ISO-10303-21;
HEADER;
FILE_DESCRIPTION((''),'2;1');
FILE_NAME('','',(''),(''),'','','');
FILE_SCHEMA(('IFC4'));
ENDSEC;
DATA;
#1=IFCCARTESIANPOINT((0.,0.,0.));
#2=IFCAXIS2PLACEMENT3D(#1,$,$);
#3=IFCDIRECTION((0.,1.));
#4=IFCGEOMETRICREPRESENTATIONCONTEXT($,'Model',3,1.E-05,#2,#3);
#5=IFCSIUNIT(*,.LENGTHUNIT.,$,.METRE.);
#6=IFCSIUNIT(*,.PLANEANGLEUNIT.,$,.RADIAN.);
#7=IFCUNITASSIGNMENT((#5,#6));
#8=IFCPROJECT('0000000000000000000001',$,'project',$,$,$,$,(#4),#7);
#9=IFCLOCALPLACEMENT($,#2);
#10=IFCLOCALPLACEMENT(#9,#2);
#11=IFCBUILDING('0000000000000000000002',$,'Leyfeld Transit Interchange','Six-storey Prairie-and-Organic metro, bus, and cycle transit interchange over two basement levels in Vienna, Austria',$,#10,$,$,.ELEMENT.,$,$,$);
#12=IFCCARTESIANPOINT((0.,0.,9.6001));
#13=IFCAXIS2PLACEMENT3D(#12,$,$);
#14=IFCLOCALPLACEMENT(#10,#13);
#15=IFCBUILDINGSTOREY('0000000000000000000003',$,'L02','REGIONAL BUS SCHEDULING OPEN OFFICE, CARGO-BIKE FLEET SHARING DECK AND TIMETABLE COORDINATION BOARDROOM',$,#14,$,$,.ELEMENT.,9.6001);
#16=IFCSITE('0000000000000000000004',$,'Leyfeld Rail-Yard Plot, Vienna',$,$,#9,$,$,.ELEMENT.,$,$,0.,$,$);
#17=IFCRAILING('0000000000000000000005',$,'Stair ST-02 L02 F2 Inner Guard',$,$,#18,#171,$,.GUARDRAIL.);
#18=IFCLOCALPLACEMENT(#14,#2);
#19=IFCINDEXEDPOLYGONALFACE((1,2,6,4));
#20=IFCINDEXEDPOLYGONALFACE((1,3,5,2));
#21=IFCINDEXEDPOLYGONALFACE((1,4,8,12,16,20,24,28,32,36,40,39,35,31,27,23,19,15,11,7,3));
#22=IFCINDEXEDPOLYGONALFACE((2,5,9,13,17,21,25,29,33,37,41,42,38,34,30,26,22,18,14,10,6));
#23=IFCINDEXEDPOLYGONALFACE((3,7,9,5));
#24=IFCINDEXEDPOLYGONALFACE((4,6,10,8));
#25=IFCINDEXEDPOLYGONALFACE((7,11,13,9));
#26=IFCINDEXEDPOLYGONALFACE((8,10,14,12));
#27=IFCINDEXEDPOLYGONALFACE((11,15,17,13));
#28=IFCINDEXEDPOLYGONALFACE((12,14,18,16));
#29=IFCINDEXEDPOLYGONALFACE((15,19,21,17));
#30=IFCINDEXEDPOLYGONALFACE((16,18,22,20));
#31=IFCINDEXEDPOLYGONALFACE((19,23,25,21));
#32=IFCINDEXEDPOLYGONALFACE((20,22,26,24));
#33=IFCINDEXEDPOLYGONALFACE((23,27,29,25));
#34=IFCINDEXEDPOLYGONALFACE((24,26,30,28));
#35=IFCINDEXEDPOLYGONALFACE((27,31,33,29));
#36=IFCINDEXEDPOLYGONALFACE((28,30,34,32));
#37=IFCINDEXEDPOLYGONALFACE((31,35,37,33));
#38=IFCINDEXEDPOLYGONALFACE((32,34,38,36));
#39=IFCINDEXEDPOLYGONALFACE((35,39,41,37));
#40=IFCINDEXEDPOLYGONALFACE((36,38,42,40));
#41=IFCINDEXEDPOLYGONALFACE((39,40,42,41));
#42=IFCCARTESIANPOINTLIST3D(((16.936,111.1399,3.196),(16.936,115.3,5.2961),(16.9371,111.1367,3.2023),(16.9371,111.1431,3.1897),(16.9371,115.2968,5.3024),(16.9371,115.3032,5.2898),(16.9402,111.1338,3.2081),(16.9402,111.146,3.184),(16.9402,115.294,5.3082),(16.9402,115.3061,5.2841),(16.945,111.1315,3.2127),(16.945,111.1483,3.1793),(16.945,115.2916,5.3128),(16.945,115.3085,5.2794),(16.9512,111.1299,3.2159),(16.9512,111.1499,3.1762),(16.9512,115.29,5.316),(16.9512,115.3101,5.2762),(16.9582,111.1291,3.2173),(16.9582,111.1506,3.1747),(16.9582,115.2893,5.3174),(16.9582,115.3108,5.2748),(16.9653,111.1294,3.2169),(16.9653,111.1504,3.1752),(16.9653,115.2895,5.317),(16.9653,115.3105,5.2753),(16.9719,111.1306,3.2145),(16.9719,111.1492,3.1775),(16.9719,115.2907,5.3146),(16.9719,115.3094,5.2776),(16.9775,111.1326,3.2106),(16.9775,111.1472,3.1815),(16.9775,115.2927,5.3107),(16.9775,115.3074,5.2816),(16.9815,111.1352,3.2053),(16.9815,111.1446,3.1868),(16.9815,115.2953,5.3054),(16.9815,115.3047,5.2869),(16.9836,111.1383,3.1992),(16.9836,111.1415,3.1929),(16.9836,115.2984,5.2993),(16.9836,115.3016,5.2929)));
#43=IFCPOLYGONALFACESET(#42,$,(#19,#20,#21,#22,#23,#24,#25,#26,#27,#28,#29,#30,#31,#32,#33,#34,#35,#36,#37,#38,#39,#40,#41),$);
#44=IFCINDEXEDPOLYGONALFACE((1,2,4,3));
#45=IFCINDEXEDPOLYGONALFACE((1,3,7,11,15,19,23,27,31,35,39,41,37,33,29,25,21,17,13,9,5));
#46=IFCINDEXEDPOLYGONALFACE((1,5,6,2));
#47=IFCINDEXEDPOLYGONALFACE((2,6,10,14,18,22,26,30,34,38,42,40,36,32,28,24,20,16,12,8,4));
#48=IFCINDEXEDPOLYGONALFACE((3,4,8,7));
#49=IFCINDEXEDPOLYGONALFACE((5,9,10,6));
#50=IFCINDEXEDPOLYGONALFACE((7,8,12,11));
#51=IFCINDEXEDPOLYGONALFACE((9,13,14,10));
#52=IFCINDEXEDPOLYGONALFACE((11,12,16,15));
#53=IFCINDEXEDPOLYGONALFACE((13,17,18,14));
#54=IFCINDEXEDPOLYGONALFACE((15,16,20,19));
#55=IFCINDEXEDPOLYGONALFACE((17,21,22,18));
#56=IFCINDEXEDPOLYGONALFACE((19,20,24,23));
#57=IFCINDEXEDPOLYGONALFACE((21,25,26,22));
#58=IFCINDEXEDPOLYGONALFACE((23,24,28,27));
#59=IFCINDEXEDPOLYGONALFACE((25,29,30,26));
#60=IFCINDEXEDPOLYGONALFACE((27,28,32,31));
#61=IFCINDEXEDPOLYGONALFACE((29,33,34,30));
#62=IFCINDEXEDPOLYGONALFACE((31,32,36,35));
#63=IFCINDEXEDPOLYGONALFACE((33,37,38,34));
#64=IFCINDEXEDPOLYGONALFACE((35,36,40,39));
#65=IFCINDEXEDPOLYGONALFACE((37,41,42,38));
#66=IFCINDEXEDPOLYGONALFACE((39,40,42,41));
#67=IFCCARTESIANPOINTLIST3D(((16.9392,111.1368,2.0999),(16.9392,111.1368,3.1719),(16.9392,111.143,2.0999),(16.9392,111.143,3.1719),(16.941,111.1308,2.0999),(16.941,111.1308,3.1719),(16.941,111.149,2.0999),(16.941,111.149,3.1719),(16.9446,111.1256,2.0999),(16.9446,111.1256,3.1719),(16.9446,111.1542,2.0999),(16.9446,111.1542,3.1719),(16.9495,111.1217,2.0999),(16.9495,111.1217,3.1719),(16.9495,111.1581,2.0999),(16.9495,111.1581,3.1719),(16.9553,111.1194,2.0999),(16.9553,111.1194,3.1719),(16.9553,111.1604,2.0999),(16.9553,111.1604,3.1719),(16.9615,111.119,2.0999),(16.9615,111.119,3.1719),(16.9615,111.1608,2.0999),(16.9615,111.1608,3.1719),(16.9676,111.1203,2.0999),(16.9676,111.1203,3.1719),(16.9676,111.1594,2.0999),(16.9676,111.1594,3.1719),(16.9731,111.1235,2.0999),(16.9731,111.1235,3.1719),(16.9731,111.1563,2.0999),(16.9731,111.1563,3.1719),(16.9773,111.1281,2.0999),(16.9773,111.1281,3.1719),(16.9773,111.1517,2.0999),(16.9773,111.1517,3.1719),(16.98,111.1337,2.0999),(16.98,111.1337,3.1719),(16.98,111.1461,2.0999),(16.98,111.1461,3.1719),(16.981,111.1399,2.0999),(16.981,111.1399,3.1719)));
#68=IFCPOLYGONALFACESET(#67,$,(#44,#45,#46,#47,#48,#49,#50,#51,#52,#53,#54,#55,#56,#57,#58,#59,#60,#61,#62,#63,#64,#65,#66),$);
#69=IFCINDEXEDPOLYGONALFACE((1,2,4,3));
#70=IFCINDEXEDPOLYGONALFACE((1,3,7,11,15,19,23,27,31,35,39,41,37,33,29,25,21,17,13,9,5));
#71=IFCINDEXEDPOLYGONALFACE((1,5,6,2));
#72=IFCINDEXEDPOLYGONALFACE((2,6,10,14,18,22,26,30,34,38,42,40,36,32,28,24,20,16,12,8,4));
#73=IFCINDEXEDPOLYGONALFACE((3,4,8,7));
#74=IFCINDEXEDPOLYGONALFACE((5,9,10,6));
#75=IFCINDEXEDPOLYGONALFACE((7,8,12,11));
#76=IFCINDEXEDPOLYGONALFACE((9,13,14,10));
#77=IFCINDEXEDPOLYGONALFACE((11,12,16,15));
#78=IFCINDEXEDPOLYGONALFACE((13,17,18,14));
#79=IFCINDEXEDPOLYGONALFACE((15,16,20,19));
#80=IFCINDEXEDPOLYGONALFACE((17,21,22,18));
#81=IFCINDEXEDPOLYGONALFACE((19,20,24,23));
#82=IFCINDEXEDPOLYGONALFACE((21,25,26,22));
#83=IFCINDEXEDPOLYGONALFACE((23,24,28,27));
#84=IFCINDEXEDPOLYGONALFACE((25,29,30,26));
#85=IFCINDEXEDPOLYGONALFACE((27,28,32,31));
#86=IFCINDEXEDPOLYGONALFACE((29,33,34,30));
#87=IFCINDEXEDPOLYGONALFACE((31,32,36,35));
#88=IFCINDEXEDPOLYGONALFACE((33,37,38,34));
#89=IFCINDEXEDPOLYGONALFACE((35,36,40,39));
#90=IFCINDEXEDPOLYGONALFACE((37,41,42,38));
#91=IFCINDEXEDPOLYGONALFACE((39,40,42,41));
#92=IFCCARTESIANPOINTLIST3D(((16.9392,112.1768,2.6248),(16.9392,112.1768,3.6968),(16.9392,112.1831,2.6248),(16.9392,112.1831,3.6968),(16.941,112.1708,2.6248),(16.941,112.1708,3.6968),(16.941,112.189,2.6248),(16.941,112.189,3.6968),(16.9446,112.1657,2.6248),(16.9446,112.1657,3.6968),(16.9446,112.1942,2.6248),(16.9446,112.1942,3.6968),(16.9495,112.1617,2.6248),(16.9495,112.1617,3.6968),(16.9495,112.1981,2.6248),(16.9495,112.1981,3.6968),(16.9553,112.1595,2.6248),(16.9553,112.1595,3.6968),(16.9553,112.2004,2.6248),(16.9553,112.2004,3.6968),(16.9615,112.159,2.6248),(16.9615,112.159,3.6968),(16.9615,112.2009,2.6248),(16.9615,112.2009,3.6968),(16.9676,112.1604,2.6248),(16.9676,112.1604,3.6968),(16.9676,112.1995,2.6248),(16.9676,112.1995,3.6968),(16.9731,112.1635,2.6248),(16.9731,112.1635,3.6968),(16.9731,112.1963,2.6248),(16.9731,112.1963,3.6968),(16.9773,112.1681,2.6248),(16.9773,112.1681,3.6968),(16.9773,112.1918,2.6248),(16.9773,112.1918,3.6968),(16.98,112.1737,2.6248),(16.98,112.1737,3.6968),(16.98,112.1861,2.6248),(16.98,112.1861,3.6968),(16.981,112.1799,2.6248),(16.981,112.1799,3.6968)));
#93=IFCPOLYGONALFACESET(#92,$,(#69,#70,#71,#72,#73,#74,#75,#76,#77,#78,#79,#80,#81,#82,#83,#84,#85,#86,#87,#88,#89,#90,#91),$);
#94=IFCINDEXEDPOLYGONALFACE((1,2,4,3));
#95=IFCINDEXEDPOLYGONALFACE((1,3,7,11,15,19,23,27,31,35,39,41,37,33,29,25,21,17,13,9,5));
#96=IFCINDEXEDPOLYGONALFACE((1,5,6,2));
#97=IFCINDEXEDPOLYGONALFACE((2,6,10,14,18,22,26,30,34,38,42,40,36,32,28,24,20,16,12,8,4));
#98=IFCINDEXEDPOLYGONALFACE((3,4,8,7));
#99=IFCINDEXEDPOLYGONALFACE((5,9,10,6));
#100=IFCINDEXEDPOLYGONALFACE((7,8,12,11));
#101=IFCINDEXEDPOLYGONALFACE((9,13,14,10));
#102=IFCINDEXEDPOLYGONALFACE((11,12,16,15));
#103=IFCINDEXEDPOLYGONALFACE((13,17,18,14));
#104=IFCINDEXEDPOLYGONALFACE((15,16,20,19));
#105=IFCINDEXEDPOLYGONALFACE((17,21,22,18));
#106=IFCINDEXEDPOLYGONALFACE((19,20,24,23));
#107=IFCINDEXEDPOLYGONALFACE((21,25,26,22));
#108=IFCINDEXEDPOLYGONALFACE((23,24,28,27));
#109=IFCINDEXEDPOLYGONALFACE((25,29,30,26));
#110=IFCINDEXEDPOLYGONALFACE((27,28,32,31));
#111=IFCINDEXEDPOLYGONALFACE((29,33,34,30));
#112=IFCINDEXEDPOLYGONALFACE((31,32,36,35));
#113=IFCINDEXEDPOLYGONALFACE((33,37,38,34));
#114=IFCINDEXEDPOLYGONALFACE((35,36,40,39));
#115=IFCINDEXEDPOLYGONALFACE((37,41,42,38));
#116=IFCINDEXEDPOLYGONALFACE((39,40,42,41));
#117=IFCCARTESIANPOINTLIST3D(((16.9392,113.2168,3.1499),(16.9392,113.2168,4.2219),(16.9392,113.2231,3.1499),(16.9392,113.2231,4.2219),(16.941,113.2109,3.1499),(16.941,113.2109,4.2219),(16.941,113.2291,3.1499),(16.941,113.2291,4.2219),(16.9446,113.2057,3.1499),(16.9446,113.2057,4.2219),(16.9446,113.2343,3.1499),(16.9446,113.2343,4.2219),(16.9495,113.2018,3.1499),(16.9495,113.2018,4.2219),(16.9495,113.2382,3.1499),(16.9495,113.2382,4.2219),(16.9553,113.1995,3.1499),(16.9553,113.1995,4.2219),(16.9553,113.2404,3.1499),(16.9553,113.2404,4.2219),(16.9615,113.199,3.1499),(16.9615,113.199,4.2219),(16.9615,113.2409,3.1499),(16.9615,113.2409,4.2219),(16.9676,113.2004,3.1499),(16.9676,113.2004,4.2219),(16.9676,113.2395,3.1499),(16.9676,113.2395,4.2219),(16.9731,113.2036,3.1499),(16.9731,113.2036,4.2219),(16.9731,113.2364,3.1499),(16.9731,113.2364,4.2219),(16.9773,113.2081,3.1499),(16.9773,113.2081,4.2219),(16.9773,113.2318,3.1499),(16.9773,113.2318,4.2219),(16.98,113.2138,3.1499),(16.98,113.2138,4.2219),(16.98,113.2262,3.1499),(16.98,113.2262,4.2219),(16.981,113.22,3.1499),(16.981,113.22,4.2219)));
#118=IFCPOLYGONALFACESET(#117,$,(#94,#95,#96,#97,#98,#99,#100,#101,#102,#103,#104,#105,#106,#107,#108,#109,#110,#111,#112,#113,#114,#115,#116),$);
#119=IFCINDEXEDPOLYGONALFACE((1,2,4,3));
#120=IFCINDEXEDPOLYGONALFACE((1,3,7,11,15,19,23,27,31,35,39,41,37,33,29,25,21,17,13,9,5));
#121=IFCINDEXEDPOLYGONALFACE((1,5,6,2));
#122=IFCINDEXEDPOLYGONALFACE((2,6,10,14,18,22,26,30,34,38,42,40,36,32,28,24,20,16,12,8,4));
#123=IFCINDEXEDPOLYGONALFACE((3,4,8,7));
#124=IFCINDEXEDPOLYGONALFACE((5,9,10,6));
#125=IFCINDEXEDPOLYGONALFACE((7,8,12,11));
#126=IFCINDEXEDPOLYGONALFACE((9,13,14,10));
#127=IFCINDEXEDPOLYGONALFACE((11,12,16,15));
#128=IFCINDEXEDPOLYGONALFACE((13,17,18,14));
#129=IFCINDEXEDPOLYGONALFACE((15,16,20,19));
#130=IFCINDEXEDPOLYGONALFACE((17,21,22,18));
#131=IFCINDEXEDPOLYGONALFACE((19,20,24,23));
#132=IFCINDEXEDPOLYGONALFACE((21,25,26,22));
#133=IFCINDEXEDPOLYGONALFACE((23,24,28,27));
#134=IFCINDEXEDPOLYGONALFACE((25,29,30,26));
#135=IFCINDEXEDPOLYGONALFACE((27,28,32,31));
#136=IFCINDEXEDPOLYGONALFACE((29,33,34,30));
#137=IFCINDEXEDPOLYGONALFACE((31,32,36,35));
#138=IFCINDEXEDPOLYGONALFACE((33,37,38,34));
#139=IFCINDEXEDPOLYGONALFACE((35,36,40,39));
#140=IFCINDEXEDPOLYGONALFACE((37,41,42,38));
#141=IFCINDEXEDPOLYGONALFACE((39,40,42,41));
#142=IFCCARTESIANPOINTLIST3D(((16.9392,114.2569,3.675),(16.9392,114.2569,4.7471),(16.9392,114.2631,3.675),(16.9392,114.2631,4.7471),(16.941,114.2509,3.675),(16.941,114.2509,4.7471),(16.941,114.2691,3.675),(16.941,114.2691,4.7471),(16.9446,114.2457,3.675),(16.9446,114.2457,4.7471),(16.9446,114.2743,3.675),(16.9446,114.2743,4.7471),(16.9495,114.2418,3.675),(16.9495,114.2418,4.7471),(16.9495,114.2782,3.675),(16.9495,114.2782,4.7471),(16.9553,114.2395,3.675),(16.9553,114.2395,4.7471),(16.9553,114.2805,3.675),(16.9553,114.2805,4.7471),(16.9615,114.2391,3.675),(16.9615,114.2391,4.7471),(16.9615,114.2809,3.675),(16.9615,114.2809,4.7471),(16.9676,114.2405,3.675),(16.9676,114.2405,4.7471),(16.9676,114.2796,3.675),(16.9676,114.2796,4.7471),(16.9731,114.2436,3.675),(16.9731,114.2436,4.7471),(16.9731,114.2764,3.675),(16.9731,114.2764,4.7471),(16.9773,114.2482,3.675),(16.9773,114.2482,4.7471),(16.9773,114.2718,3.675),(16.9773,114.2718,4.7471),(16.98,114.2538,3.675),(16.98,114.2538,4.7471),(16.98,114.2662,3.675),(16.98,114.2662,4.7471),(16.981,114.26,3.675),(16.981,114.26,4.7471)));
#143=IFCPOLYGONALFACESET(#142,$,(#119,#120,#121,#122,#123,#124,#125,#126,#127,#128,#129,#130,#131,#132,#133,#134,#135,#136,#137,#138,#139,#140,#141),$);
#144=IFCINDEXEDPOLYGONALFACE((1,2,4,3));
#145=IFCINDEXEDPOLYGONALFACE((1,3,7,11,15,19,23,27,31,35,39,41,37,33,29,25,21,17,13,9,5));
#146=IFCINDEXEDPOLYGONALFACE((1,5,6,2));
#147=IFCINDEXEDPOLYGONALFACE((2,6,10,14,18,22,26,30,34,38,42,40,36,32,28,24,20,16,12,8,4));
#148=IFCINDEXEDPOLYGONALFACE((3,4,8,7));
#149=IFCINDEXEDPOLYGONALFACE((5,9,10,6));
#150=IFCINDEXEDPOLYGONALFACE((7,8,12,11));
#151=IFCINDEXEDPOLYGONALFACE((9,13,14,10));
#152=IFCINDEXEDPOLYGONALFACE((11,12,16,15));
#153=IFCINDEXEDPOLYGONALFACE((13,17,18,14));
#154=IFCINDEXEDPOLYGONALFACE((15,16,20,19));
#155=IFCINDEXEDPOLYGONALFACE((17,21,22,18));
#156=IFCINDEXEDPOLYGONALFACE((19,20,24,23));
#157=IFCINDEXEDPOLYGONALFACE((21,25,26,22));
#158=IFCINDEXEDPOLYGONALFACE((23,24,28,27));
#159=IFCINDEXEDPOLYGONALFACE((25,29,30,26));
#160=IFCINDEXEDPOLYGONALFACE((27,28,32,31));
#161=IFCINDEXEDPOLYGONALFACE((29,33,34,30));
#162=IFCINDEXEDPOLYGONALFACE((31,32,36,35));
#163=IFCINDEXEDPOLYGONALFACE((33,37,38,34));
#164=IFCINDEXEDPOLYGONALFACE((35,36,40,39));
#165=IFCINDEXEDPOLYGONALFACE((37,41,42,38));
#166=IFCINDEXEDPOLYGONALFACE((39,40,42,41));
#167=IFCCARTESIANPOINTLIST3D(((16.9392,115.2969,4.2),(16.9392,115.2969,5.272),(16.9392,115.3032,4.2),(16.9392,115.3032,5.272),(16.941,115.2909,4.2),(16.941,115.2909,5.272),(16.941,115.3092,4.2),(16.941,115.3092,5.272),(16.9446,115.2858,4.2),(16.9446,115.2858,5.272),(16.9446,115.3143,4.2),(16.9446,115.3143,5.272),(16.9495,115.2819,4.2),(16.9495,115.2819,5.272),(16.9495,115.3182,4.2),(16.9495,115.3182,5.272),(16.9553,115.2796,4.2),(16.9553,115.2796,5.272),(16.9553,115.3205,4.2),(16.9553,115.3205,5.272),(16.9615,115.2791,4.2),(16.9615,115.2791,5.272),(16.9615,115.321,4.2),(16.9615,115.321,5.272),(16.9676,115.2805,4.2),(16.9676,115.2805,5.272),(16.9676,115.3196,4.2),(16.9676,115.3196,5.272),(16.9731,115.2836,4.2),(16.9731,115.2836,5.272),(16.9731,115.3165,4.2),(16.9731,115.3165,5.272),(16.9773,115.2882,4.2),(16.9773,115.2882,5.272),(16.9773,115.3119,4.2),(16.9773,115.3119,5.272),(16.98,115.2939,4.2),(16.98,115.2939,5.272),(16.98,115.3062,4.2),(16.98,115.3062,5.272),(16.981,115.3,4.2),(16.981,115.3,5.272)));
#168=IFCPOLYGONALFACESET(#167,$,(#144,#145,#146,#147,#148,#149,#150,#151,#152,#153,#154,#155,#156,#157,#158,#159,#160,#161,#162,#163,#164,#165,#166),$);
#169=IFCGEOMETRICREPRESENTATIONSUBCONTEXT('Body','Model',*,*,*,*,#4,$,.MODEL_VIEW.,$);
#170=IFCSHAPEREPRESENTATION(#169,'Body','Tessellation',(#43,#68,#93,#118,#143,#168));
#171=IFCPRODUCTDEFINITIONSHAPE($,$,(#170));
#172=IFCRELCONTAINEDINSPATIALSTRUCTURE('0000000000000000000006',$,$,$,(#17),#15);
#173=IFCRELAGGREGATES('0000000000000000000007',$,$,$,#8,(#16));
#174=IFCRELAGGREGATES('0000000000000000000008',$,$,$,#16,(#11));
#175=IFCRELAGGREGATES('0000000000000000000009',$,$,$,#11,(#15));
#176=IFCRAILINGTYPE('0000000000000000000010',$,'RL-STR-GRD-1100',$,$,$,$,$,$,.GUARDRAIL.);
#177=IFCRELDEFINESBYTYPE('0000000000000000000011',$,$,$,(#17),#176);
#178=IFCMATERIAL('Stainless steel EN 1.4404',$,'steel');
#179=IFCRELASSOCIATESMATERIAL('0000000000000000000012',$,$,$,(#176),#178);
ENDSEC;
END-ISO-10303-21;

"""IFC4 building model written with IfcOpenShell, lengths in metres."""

from ifc_helpers import new_model, si_unit, direction, frame, origin, origin_2d, place, context, subcontext, project, spatial, circle, extrude, material, type_object, element, save


model = new_model("IFC4")

# Units and contexts
model_context = context("Model", 3, precision=1e-05, world=origin(), true_north=direction((0.0, 1.0)))
body_context = subcontext(model_context, "Body", "Model", "MODEL_VIEW")
ifc_project = project(units=[si_unit("LENGTHUNIT", "METRE"), si_unit("PLANEANGLEUNIT", "RADIAN")], contexts=[model_context])

# Site, building, storey
site_placement = place(None, origin())
site = spatial("IfcSite", under=ifc_project, at=site_placement, Name="Leyfeld Rail-Yard Plot, Vienna", CompositionType="ELEMENT", RefElevation=0.0)
building_placement = place(site_placement, origin())
building = spatial("IfcBuilding", under=site, at=building_placement, Name="Leyfeld Transit Interchange", Description="Six-storey Prairie-and-Organic metro, bus, and cycle transit interchange over two basement levels in Vienna, Austria", CompositionType="ELEMENT")
storey_placement = place(building_placement, frame((0.0, 0.0, 9.6001)))
storey = spatial("IfcBuildingStorey", under=building, at=storey_placement, Name="L02", Description="REGIONAL BUS SCHEDULING OPEN OFFICE, CARGO-BIKE FLEET SHARING DECK AND TIMETABLE COORDINATION BOARDROOM", CompositionType="ELEMENT", Elevation=9.6001)

# Shared definitions
ifc_material_1 = material(Name="Stainless steel EN 1.4404", Category="steel")

# Railing
railing_type_1 = type_object("IfcRailingType", Name="RL-STR-GRD-1100", PredefinedType="GUARDRAIL", material=ifc_material_1)
for number, where, name in (
    (1, (16.96, 111.1399, 2.0999), "Stair ST-02 L02 F2 Inner Guard"),
):
    element("IfcRailing", number, at=place(storey_placement, frame(where)), inside=storey, type_object=railing_type_1, Name=name, PredefinedType="GUARDRAIL", context=body_context, shape_type="SweptSolid", body=[
        extrude(circle(Radius=0.0239, at=origin_2d()), frame((0.0, 0.0, 1.0962), z_axis=(0.0, 0.892702, 0.450647), x_axis=(-1.0, 0.0, 0.0)), (0.0, 0.0, 1.0), 4.6602),
        extrude(circle(Radius=0.021, at=origin_2d()), origin(), (0.0, 0.0, 1.0), 1.072),
        extrude(circle(Radius=0.021, at=origin_2d()), frame((0.0, 1.04, 0.5249)), (0.0, 0.0, 1.0), 1.072),
        extrude(circle(Radius=0.021, at=origin_2d()), frame((0.0, 2.0801, 1.05)), (0.0, 0.0, 1.0), 1.072),
        extrude(circle(Radius=0.021, at=origin_2d()), frame((0.0, 3.1201, 1.5752)), (0.0, 0.0, 1.0), 1.072),
        extrude(circle(Radius=0.021, at=origin_2d()), frame((0.0, 4.1602, 2.1001)), (0.0, 0.0, 1.0), 1.072),
    ])

save(model, "model.ifc")
